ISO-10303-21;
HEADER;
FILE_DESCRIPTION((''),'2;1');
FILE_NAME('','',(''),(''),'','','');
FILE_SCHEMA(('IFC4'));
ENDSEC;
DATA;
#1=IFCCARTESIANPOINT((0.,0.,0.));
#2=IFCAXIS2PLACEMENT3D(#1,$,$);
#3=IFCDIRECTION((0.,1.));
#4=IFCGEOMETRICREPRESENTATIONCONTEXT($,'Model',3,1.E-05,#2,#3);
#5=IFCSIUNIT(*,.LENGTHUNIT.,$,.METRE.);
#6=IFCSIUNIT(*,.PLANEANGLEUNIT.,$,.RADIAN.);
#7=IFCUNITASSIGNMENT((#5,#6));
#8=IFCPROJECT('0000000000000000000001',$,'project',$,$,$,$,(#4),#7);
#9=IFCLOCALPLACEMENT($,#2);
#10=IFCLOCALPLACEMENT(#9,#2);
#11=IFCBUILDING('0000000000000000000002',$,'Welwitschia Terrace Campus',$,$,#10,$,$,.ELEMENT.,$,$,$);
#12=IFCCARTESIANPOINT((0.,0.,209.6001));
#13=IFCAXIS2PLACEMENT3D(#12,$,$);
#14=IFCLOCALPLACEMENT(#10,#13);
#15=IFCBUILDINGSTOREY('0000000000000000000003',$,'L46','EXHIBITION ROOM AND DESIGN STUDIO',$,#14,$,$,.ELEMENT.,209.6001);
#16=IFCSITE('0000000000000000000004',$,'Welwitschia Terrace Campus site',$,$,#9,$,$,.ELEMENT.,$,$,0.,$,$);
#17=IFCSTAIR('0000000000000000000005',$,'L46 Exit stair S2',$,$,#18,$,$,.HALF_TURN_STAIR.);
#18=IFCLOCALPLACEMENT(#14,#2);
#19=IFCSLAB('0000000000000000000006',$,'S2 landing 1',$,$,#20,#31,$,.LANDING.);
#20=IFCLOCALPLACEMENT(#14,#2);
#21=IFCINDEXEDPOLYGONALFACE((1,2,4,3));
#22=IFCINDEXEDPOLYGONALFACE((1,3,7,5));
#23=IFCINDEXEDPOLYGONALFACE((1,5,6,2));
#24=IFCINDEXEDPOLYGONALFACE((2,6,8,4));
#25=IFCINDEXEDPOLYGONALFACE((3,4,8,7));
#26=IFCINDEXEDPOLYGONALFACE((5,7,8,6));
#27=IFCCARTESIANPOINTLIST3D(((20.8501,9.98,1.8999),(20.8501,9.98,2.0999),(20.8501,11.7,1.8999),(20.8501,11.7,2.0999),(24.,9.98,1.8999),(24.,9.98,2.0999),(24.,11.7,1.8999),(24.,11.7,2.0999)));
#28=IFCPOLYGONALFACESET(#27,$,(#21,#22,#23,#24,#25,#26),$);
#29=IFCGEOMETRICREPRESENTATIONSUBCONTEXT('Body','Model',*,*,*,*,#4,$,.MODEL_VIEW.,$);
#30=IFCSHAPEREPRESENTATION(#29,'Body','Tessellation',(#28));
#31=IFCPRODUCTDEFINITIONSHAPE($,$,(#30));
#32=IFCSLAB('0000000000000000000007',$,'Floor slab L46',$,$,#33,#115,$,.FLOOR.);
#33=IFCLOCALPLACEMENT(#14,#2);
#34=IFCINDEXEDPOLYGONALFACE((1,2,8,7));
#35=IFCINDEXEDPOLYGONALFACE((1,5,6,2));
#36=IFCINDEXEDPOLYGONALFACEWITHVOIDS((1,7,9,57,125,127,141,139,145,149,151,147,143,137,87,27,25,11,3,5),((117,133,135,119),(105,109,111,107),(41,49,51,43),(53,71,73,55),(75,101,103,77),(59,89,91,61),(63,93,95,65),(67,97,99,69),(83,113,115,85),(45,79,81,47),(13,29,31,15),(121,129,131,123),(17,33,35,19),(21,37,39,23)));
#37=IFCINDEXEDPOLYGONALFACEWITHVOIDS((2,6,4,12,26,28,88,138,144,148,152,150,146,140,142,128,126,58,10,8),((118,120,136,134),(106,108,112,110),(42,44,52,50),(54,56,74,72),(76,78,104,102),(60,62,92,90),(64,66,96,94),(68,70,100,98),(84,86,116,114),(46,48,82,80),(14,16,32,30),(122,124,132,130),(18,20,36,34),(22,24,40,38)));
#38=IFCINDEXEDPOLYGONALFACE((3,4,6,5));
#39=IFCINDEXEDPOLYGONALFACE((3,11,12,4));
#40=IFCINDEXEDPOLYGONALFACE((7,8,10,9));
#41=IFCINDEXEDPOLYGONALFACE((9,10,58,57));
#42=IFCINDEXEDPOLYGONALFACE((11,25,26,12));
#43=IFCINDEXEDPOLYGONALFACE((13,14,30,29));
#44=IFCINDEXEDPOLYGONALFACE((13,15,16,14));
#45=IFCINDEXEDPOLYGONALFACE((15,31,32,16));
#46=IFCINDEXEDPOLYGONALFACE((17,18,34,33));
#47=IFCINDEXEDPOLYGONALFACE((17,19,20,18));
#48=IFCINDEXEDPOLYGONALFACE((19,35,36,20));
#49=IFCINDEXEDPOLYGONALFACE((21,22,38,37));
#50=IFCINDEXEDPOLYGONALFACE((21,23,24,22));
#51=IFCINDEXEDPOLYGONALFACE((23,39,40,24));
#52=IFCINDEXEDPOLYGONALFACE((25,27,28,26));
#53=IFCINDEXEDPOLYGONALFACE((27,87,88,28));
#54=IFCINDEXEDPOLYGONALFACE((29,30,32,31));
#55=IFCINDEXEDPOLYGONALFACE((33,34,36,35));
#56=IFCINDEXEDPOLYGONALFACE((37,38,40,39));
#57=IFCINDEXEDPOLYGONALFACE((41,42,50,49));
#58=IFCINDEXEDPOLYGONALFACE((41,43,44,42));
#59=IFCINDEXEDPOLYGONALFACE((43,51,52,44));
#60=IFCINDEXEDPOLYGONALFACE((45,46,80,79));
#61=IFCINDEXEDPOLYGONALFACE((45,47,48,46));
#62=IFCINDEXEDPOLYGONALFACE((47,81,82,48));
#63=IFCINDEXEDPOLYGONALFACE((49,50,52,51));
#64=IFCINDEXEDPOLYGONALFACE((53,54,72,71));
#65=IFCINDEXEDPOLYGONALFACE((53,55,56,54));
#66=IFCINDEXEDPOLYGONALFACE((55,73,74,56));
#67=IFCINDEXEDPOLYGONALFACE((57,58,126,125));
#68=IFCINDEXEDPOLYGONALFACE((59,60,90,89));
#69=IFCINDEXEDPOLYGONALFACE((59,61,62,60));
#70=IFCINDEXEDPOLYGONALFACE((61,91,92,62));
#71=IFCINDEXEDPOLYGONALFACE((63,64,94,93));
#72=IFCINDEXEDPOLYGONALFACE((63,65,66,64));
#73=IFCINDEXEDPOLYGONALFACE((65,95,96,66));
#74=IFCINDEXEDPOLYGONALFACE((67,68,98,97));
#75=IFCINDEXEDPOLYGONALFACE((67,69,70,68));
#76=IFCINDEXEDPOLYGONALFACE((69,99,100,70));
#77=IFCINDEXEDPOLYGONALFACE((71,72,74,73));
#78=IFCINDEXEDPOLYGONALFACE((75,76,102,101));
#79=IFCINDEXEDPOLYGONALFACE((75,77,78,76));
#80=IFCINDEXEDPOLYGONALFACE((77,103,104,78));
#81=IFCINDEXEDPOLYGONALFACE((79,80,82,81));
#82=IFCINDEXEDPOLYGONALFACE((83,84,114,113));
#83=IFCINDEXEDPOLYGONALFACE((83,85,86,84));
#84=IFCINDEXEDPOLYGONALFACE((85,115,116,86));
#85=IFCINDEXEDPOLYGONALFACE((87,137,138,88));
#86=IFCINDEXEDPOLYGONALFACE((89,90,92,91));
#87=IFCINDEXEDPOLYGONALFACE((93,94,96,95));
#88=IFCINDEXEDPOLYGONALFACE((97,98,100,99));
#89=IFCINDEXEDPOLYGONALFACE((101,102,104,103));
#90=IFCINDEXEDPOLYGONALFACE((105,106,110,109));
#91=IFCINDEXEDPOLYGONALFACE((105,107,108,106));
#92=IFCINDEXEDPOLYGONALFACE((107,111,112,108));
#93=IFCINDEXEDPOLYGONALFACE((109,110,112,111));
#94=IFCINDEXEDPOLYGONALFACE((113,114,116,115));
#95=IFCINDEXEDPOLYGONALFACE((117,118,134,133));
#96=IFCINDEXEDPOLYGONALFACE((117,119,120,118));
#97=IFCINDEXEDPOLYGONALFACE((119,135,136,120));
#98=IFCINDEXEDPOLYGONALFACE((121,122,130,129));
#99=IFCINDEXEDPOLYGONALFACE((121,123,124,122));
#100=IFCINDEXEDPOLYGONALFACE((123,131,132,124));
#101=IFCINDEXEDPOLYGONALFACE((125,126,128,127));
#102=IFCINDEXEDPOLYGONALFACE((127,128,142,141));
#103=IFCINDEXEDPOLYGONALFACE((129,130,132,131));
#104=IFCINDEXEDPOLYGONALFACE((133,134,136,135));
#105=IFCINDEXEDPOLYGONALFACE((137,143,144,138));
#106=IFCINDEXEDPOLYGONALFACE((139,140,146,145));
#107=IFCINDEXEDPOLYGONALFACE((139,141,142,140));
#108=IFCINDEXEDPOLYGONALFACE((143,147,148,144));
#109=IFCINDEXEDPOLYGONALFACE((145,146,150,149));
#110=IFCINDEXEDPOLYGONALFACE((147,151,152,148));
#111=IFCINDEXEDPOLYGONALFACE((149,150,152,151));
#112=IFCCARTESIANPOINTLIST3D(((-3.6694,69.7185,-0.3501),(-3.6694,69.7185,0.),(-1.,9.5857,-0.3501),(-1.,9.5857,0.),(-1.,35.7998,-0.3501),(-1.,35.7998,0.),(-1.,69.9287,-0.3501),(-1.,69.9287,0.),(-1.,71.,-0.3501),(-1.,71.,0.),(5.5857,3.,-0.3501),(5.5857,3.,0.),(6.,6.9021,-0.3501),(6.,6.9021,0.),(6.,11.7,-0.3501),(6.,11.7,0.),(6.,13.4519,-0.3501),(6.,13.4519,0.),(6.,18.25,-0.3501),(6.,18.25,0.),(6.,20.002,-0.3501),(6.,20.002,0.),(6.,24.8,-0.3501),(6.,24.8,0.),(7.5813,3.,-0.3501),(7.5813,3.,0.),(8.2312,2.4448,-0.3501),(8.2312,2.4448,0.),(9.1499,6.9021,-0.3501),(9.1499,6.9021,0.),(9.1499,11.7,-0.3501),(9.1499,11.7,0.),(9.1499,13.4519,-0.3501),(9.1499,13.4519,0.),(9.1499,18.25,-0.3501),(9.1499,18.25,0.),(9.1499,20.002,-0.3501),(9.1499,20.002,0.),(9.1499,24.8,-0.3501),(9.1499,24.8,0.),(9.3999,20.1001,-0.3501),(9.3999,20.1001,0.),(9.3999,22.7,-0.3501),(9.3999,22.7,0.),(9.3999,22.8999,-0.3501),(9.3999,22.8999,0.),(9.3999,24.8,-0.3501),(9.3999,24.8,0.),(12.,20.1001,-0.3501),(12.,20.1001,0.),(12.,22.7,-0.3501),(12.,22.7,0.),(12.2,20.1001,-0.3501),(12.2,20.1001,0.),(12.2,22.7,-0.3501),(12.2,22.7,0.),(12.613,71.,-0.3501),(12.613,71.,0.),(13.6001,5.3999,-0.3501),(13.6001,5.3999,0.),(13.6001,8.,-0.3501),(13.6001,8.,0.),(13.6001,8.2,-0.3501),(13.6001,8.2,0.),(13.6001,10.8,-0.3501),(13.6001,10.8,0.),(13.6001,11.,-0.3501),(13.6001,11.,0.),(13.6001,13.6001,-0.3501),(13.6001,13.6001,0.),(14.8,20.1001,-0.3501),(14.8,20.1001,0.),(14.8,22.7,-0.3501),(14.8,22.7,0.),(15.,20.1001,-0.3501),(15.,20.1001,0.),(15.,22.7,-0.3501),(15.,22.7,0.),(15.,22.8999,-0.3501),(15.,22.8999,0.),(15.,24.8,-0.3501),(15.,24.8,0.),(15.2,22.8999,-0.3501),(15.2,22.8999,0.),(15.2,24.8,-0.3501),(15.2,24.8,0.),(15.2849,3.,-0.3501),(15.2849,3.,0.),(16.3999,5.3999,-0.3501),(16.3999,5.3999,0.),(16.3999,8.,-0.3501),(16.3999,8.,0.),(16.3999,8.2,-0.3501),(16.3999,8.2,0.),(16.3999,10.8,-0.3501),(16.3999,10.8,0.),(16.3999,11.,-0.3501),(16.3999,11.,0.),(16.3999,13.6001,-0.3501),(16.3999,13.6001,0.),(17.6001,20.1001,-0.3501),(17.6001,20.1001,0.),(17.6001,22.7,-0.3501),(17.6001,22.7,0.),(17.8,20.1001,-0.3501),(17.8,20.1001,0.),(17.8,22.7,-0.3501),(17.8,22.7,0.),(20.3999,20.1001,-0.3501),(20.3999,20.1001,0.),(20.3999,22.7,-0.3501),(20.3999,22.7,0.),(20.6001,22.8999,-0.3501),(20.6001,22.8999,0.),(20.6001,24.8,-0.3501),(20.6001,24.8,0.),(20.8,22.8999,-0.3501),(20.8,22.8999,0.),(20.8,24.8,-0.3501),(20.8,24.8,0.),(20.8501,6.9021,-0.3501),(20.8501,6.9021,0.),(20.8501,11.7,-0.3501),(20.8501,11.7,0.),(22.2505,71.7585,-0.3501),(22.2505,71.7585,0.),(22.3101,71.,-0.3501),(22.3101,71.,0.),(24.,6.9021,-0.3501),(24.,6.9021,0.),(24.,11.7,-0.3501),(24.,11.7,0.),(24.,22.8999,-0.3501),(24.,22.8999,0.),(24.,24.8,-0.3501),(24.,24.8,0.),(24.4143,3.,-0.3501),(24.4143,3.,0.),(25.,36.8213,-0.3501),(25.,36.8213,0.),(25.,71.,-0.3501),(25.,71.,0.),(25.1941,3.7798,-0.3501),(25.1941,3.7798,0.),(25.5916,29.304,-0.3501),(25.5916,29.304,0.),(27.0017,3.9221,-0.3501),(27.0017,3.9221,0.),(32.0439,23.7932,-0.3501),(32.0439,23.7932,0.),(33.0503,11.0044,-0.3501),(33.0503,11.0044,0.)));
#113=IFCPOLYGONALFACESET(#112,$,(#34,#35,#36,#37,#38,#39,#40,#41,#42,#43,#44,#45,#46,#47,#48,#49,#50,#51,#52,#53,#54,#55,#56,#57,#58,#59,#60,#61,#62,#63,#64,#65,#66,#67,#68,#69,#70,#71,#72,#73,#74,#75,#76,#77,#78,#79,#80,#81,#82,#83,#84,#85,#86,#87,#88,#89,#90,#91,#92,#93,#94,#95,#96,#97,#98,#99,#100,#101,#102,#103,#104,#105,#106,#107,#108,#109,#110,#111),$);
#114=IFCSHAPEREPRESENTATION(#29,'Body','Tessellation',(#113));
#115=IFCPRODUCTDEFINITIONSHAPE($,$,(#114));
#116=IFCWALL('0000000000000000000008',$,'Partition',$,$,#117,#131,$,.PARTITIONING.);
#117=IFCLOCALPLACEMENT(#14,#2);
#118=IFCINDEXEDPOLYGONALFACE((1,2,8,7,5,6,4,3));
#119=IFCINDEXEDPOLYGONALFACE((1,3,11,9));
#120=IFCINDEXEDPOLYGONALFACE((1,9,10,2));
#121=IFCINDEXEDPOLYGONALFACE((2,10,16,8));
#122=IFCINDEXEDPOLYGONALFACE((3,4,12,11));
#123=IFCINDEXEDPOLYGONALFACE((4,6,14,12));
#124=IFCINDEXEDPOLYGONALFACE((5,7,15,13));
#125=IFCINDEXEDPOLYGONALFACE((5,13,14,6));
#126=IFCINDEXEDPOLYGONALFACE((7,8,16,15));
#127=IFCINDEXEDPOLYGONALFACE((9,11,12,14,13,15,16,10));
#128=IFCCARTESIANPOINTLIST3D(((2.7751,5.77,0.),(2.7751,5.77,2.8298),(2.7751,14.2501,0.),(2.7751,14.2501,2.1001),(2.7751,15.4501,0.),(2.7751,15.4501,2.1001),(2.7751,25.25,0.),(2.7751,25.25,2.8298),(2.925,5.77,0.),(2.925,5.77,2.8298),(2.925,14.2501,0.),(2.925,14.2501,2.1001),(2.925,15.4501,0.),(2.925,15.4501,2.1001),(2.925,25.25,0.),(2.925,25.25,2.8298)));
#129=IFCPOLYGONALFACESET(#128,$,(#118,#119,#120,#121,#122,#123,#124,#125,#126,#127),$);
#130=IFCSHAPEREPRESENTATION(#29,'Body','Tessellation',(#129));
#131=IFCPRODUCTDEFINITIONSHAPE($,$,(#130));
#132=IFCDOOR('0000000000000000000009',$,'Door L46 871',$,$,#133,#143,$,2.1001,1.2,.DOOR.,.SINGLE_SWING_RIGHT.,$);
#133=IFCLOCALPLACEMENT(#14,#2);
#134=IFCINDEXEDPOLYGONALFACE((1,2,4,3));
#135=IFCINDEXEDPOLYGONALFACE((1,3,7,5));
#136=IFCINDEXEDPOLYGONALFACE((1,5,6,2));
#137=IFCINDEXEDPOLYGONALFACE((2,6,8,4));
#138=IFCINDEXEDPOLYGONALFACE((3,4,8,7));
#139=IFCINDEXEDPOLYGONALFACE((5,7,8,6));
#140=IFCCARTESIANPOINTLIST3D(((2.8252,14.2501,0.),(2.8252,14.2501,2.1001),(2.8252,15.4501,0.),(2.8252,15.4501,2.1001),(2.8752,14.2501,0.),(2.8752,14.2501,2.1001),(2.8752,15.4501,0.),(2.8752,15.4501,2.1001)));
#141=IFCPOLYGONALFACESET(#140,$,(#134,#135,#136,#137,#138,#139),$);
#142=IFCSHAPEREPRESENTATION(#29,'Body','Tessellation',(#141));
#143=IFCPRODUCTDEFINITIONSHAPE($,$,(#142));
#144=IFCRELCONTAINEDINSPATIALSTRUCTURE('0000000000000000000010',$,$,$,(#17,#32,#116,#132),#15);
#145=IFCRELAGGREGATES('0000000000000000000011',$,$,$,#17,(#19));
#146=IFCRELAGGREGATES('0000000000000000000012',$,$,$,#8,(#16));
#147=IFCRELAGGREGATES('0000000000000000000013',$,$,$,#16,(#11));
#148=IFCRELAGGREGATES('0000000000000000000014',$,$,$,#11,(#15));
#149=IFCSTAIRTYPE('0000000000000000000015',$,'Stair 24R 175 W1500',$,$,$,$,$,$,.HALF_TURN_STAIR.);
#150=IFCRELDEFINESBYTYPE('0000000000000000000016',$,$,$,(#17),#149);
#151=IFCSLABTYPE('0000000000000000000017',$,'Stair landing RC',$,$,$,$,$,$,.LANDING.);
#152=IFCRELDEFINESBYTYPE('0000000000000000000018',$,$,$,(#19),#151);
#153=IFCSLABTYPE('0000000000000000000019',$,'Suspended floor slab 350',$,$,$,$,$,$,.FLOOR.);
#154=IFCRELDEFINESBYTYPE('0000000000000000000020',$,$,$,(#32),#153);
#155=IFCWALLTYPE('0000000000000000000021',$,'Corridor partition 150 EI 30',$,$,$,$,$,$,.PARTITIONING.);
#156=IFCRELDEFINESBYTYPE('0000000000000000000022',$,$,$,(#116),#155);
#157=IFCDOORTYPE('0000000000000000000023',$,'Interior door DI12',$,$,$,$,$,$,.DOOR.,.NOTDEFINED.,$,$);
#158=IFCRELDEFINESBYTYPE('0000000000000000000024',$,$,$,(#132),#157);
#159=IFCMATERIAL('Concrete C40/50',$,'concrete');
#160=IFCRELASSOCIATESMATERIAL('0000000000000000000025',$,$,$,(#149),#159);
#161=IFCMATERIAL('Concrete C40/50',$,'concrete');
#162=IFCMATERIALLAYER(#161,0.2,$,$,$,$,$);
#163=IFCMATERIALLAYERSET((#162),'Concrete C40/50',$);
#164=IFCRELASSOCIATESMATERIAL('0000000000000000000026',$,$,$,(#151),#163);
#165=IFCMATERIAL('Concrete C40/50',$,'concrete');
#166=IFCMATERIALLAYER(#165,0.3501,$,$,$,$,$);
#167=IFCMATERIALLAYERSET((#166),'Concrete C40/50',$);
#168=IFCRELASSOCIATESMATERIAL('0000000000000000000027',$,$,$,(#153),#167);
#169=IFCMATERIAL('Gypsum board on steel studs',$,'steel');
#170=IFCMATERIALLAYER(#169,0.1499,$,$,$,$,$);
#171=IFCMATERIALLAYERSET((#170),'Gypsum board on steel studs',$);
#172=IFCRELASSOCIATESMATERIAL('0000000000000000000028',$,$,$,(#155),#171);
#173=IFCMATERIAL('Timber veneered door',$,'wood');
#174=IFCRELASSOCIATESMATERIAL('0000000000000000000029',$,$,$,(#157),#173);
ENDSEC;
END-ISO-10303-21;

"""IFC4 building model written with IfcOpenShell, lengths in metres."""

from ifc_helpers import new_model, si_unit, direction, frame, frame_2d, origin, place, context, subcontext, project, spatial, polyline, rectangle, outline, extrude, material, layer, layer_set, type_object, element, fill, aggregate, save


model = new_model("IFC4")

# Units and contexts
model_context = context("Model", 3, precision=1e-05, world=origin(), true_north=direction((0.0, 1.0)))
body_context = subcontext(model_context, "Body", "Model", "MODEL_VIEW")
ifc_project = project(units=[si_unit("LENGTHUNIT", "METRE"), si_unit("PLANEANGLEUNIT", "RADIAN")], contexts=[model_context])

# Site, building, storey
site_placement = place(None, origin())
site = spatial("IfcSite", under=ifc_project, at=site_placement, Name="Welwitschia Terrace Campus site", CompositionType="ELEMENT", RefElevation=0.0)
building_placement = place(site_placement, origin())
building = spatial("IfcBuilding", under=site, at=building_placement, Name="Welwitschia Terrace Campus", CompositionType="ELEMENT")
storey_placement = place(building_placement, frame((0.0, 0.0, 209.6001)))
storey = spatial("IfcBuildingStorey", under=building, at=storey_placement, Name="L46", Description="EXHIBITION ROOM AND DESIGN STUDIO", CompositionType="ELEMENT", Elevation=209.6001)

# Stair, slab
ifc_material_1 = material(Name="Concrete C40/50", Category="concrete")
stair_type = type_object("IfcStairType", Name="Stair 24R 175 W1500", PredefinedType="HALF_TURN_STAIR", material=ifc_material_1)
ifc_material_2 = material(Name="Concrete C40/50", Category="concrete")
ifc_layer_1 = layer(ifc_material_2, 0.2)
ifc_layer_set_1 = layer_set([ifc_layer_1], Name="Concrete C40/50")
slab_type_1 = type_object("IfcSlabType", Name="Stair landing RC", PredefinedType="LANDING", material=ifc_layer_set_1)
stair_1_placement = place(storey_placement, origin())
stair_1 = element("IfcStair", 1, at=stair_1_placement, inside=storey, type_object=stair_type, Name="L46 Exit stair S2", PredefinedType="HALF_TURN_STAIR")
slab_1_placement = place(storey_placement, frame((0.0, 0.0, 1.8999)))
slab_1 = element("IfcSlab", 2, at=slab_1_placement, type_object=slab_type_1, Name="S2 landing 1", PredefinedType="LANDING", context=body_context, shape_type="SweptSolid", body=[
    extrude(outline(polyline([(24.0, 9.98), (24.0, 11.7), (20.8501, 11.7), (20.8501, 9.98), (24.0, 9.98)])), origin(), (0.0, 0.0, 1.0), 0.2),
])
aggregate(stair_1, [slab_1])

# Slab
ifc_material_3 = material(Name="Concrete C40/50", Category="concrete")
ifc_layer_2 = layer(ifc_material_3, 0.3501)
ifc_layer_set_2 = layer_set([ifc_layer_2], Name="Concrete C40/50")
slab_type_2 = type_object("IfcSlabType", Name="Suspended floor slab 350", PredefinedType="FLOOR", material=ifc_layer_set_2)
slab_2_placement = place(storey_placement, frame((0.0, 0.0, -0.3501)))
element("IfcSlab", 3, at=slab_2_placement, inside=storey, type_object=slab_type_2, Name="Floor slab L46", PredefinedType="FLOOR", context=body_context, shape_type="SweptSolid", body=[
    extrude(outline(polyline([(-3.6694, 69.7185), (-1.0, 69.9287), (-1.0, 71.0), (12.613, 71.0), (22.2505, 71.7585), (22.3101, 71.0), (25.0, 71.0), (25.0, 36.8213), (25.5916, 29.304), (32.0439, 23.7932), (33.0503, 11.0044), (27.0017, 3.9221), (25.1941, 3.7798), (24.4143, 3.0), (15.2849, 3.0), (8.2312, 2.4448), (7.5813, 3.0), (5.5857, 3.0), (-1.0, 9.5857), (-1.0, 35.7998), (-3.6694, 69.7185)]), holes=[polyline([(13.6001, 8.0), (13.6001, 5.3999), (16.3999, 5.3999), (16.3999, 8.0), (13.6001, 8.0)]), polyline([(9.1499, 11.7), (6.0, 11.7), (6.0, 6.9021), (9.1499, 6.9021), (9.1499, 11.7)]), polyline([(9.1499, 18.25), (6.0, 18.25), (6.0, 13.4519), (9.1499, 13.4519), (9.1499, 18.25)]), polyline([(12.0, 22.7), (9.3999, 22.7), (9.3999, 20.1001), (12.0, 20.1001), (12.0, 22.7)]), polyline([(14.8, 22.7), (12.2, 22.7), (12.2, 20.1001), (14.8, 20.1001), (14.8, 22.7)]), polyline([(9.1499, 24.8), (6.0, 24.8), (6.0, 20.002), (9.1499, 20.002), (9.1499, 24.8)]), polyline([(15.0, 24.8), (9.3999, 24.8), (9.3999, 22.8999), (15.0, 22.8999), (15.0, 24.8)]), polyline([(20.8501, 11.7), (20.8501, 6.9021), (24.0, 6.9021), (24.0, 11.7), (20.8501, 11.7)]), polyline([(16.3999, 10.8), (13.6001, 10.8), (13.6001, 8.2), (16.3999, 8.2), (16.3999, 10.8)]), polyline([(16.3999, 13.6001), (13.6001, 13.6001), (13.6001, 11.0), (16.3999, 11.0), (16.3999, 13.6001)]), polyline([(17.6001, 22.7), (15.0, 22.7), (15.0, 20.1001), (17.6001, 20.1001), (17.6001, 22.7)]), polyline([(20.3999, 22.7), (17.8, 22.7), (17.8, 20.1001), (20.3999, 20.1001), (20.3999, 22.7)]), polyline([(20.6001, 24.8), (15.2, 24.8), (15.2, 22.8999), (20.6001, 22.8999), (20.6001, 24.8)]), polyline([(24.0, 24.8), (20.8, 24.8), (20.8, 22.8999), (24.0, 22.8999), (24.0, 24.8)])]), origin(), (0.0, 0.0, 1.0), 0.3501),
])

# Wall, opening, door
ifc_material_4 = material(Name="Gypsum board on steel studs", Category="steel")
ifc_layer_3 = layer(ifc_material_4, 0.1499)
ifc_layer_set_3 = layer_set([ifc_layer_3], Name="Gypsum board on steel studs")
wall_type = type_object("IfcWallType", Name="Corridor partition 150 EI 30", PredefinedType="PARTITIONING", material=ifc_layer_set_3)
wall_placement = place(storey_placement, frame((2.8501, 5.77, 0.0), z_axis=(0.0, 0.0, 1.0), x_axis=(0.0, 1.0, 0.0)))
wall = element("IfcWall", 4, at=wall_placement, inside=storey, type_object=wall_type, Name="Partition", PredefinedType="PARTITIONING", context=body_context, shape_type="SweptSolid", body=[
    extrude(rectangle(XDim=19.48, YDim=0.1499, at=frame_2d((9.74, 0.0))), origin(), (0.0, 0.0, 1.0), 2.8298),
])
opening_placement = place(wall_placement, frame((8.48, 0.0, 0.0)))
opening = element("IfcOpeningElement", 5, at=opening_placement, cuts=wall, PredefinedType="OPENING", context=body_context, shape_type="SweptSolid", body=[
    extrude(rectangle(XDim=1.2, YDim=2.1001, at=frame_2d((0.6001, 1.05))), frame((0.0, 0.085, 0.0), z_axis=(0.0, -1.0, 0.0), x_axis=(1.0, 0.0, 0.0)), (0.0, 0.0, 1.0), 0.1699),
])
ifc_material_5 = material(Name="Timber veneered door", Category="wood")
door_type = type_object("IfcDoorType", Name="Interior door DI12", OperationType="NOTDEFINED", PredefinedType="DOOR", material=ifc_material_5)
door_placement = place(opening_placement, origin())
door = element("IfcDoor", 6, at=door_placement, inside=storey, type_object=door_type, Name="Door L46 871", OperationType="SINGLE_SWING_RIGHT", OverallHeight=2.1001, OverallWidth=1.2, PredefinedType="DOOR", context=body_context, shape_type="SweptSolid", body=[
    extrude(rectangle(XDim=1.2, YDim=2.1001, at=frame_2d((0.6001, 1.05))), frame((0.0, 0.0249, 0.0), z_axis=(0.0, -1.0, 0.0), x_axis=(1.0, 0.0, 0.0)), (0.0, 0.0, 1.0), 0.05),
])
fill(opening, door)

save(model, "model.ifc")
